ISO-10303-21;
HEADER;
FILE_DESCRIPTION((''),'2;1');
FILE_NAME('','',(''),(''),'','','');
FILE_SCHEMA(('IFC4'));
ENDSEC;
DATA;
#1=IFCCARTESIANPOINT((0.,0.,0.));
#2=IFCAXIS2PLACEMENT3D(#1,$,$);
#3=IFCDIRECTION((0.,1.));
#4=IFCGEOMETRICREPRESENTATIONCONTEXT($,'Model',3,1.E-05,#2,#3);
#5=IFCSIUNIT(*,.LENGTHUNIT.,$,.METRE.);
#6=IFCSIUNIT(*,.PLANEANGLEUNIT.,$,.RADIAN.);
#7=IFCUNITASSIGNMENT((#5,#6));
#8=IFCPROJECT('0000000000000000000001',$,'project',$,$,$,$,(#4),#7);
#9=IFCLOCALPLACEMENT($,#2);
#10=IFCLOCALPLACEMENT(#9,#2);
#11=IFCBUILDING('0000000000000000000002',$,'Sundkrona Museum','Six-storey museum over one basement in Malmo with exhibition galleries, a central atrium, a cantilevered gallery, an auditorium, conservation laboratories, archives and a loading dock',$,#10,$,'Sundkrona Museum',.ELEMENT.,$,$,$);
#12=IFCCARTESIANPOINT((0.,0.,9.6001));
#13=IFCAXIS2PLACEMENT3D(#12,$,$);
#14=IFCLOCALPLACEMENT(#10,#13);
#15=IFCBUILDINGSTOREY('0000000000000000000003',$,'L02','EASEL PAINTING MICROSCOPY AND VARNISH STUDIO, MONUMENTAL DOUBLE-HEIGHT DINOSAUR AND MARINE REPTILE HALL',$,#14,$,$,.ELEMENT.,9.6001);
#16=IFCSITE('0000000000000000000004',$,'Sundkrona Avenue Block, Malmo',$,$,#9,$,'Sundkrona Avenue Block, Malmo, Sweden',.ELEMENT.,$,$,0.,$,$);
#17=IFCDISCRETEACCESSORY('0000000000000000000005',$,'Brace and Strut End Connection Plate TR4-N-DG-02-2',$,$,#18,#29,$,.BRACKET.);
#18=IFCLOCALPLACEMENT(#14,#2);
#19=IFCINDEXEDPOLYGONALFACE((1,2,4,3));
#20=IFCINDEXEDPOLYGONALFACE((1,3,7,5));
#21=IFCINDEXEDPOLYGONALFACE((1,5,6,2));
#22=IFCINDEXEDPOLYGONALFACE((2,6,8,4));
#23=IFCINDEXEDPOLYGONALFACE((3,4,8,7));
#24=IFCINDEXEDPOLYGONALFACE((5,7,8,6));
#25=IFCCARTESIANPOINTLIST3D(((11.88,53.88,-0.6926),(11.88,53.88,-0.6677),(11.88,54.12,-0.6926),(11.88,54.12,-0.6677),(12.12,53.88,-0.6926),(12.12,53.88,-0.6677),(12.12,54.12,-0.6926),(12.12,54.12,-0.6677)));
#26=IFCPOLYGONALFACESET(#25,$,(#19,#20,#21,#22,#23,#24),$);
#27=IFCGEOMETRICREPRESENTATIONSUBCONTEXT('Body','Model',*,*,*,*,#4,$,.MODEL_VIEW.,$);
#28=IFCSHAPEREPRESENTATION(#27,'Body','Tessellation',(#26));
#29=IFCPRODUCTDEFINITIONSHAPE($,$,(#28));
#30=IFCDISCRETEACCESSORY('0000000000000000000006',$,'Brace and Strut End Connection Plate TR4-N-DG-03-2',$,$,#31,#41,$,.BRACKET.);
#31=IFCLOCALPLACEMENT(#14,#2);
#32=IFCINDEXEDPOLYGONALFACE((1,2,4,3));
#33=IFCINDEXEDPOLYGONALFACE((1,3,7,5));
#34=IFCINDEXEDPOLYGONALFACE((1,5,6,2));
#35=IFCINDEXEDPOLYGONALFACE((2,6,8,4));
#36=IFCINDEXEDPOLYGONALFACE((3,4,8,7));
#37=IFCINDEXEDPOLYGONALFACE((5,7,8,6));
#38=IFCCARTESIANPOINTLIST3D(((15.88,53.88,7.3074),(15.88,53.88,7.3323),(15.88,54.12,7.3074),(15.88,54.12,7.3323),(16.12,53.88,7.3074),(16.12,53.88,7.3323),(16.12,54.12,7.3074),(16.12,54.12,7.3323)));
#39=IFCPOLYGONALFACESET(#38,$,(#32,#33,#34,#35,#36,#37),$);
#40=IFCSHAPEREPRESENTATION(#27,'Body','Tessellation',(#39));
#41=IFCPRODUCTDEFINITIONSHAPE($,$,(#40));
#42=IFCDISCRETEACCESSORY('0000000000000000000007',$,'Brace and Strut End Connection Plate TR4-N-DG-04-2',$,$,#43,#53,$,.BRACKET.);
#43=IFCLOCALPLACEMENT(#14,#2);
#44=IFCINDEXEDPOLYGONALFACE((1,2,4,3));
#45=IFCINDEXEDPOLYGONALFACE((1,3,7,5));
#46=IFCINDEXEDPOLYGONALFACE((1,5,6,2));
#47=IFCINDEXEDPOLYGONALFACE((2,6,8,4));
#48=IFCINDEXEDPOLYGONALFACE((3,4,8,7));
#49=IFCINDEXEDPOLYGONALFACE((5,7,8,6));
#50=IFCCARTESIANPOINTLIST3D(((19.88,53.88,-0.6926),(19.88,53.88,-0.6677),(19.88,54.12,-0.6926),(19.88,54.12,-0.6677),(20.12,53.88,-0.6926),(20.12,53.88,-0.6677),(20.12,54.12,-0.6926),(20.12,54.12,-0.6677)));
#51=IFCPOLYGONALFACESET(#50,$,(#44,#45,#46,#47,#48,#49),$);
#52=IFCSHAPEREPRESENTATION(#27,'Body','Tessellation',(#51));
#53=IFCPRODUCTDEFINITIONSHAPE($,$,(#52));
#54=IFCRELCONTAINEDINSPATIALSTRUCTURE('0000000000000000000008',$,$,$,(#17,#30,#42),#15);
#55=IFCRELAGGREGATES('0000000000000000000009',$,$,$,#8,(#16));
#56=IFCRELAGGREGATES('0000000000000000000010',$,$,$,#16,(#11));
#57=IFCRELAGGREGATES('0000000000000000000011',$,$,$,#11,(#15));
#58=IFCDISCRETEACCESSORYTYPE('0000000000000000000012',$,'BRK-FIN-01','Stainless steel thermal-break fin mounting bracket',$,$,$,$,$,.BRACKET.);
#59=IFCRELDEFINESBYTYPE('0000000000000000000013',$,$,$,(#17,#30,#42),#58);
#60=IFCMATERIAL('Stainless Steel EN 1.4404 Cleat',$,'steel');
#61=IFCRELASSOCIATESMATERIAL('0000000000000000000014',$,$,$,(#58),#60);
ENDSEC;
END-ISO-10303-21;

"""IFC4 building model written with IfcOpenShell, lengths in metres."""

from ifc_helpers import new_model, si_unit, direction, frame, origin, origin_2d, place, context, subcontext, project, spatial, rectangle, extrude, material, type_object, element, save


model = new_model("IFC4")

# Units and contexts
model_context = context("Model", 3, precision=1e-05, world=origin(), true_north=direction((0.0, 1.0)))
body_context = subcontext(model_context, "Body", "Model", "MODEL_VIEW")
ifc_project = project(units=[si_unit("LENGTHUNIT", "METRE"), si_unit("PLANEANGLEUNIT", "RADIAN")], contexts=[model_context])

# Site, building, storey
site_placement = place(None, origin())
site = spatial("IfcSite", under=ifc_project, at=site_placement, Name="Sundkrona Avenue Block, Malmo", LongName="Sundkrona Avenue Block, Malmo, Sweden", CompositionType="ELEMENT", RefElevation=0.0)
building_placement = place(site_placement, origin())
building = spatial("IfcBuilding", under=site, at=building_placement, Name="Sundkrona Museum", Description="Six-storey museum over one basement in Malmo with exhibition galleries, a central atrium, a cantilevered gallery, an auditorium, conservation laboratories, archives and a loading dock", LongName="Sundkrona Museum", CompositionType="ELEMENT")
storey_placement = place(building_placement, frame((0.0, 0.0, 9.6001)))
storey = spatial("IfcBuildingStorey", under=building, at=storey_placement, Name="L02", Description="EASEL PAINTING MICROSCOPY AND VARNISH STUDIO, MONUMENTAL DOUBLE-HEIGHT DINOSAUR AND MARINE REPTILE HALL", CompositionType="ELEMENT", Elevation=9.6001)

# Discrete accessories
ifc_material_1 = material(Name="Stainless Steel EN 1.4404 Cleat", Category="steel")
discrete_accessory_type = type_object("IfcDiscreteAccessoryType", Name="BRK-FIN-01", Description="Stainless steel thermal-break fin mounting bracket", PredefinedType="BRACKET", material=ifc_material_1)
for number, where, z_axis, x_axis, name in (
    (1, (12.0, 54.0, -0.6926), (0.0, 0.0, 1.0), (1.0, 0.0, 0.0), "Brace and Strut End Connection Plate TR4-N-DG-02-2"),
    (2, (16.0, 54.0, 7.3074), (0.0, 0.0, 1.0), (1.0, 0.0, 0.0), "Brace and Strut End Connection Plate TR4-N-DG-03-2"),
    (3, (20.0, 54.0, -0.6926), (0.0, 0.0, 1.0), (1.0, 0.0, 0.0), "Brace and Strut End Connection Plate TR4-N-DG-04-2"),
):
    element("IfcDiscreteAccessory", number, at=place(storey_placement, frame(where, z_axis=z_axis, x_axis=x_axis)), inside=storey, type_object=discrete_accessory_type, Name=name, PredefinedType="BRACKET", context=body_context, shape_type="SweptSolid", body=[
        extrude(rectangle(XDim=0.24, YDim=0.24, at=origin_2d()), origin(), (0.0, 0.0, 1.0), 0.0249),
    ])

save(model, "model.ifc")
